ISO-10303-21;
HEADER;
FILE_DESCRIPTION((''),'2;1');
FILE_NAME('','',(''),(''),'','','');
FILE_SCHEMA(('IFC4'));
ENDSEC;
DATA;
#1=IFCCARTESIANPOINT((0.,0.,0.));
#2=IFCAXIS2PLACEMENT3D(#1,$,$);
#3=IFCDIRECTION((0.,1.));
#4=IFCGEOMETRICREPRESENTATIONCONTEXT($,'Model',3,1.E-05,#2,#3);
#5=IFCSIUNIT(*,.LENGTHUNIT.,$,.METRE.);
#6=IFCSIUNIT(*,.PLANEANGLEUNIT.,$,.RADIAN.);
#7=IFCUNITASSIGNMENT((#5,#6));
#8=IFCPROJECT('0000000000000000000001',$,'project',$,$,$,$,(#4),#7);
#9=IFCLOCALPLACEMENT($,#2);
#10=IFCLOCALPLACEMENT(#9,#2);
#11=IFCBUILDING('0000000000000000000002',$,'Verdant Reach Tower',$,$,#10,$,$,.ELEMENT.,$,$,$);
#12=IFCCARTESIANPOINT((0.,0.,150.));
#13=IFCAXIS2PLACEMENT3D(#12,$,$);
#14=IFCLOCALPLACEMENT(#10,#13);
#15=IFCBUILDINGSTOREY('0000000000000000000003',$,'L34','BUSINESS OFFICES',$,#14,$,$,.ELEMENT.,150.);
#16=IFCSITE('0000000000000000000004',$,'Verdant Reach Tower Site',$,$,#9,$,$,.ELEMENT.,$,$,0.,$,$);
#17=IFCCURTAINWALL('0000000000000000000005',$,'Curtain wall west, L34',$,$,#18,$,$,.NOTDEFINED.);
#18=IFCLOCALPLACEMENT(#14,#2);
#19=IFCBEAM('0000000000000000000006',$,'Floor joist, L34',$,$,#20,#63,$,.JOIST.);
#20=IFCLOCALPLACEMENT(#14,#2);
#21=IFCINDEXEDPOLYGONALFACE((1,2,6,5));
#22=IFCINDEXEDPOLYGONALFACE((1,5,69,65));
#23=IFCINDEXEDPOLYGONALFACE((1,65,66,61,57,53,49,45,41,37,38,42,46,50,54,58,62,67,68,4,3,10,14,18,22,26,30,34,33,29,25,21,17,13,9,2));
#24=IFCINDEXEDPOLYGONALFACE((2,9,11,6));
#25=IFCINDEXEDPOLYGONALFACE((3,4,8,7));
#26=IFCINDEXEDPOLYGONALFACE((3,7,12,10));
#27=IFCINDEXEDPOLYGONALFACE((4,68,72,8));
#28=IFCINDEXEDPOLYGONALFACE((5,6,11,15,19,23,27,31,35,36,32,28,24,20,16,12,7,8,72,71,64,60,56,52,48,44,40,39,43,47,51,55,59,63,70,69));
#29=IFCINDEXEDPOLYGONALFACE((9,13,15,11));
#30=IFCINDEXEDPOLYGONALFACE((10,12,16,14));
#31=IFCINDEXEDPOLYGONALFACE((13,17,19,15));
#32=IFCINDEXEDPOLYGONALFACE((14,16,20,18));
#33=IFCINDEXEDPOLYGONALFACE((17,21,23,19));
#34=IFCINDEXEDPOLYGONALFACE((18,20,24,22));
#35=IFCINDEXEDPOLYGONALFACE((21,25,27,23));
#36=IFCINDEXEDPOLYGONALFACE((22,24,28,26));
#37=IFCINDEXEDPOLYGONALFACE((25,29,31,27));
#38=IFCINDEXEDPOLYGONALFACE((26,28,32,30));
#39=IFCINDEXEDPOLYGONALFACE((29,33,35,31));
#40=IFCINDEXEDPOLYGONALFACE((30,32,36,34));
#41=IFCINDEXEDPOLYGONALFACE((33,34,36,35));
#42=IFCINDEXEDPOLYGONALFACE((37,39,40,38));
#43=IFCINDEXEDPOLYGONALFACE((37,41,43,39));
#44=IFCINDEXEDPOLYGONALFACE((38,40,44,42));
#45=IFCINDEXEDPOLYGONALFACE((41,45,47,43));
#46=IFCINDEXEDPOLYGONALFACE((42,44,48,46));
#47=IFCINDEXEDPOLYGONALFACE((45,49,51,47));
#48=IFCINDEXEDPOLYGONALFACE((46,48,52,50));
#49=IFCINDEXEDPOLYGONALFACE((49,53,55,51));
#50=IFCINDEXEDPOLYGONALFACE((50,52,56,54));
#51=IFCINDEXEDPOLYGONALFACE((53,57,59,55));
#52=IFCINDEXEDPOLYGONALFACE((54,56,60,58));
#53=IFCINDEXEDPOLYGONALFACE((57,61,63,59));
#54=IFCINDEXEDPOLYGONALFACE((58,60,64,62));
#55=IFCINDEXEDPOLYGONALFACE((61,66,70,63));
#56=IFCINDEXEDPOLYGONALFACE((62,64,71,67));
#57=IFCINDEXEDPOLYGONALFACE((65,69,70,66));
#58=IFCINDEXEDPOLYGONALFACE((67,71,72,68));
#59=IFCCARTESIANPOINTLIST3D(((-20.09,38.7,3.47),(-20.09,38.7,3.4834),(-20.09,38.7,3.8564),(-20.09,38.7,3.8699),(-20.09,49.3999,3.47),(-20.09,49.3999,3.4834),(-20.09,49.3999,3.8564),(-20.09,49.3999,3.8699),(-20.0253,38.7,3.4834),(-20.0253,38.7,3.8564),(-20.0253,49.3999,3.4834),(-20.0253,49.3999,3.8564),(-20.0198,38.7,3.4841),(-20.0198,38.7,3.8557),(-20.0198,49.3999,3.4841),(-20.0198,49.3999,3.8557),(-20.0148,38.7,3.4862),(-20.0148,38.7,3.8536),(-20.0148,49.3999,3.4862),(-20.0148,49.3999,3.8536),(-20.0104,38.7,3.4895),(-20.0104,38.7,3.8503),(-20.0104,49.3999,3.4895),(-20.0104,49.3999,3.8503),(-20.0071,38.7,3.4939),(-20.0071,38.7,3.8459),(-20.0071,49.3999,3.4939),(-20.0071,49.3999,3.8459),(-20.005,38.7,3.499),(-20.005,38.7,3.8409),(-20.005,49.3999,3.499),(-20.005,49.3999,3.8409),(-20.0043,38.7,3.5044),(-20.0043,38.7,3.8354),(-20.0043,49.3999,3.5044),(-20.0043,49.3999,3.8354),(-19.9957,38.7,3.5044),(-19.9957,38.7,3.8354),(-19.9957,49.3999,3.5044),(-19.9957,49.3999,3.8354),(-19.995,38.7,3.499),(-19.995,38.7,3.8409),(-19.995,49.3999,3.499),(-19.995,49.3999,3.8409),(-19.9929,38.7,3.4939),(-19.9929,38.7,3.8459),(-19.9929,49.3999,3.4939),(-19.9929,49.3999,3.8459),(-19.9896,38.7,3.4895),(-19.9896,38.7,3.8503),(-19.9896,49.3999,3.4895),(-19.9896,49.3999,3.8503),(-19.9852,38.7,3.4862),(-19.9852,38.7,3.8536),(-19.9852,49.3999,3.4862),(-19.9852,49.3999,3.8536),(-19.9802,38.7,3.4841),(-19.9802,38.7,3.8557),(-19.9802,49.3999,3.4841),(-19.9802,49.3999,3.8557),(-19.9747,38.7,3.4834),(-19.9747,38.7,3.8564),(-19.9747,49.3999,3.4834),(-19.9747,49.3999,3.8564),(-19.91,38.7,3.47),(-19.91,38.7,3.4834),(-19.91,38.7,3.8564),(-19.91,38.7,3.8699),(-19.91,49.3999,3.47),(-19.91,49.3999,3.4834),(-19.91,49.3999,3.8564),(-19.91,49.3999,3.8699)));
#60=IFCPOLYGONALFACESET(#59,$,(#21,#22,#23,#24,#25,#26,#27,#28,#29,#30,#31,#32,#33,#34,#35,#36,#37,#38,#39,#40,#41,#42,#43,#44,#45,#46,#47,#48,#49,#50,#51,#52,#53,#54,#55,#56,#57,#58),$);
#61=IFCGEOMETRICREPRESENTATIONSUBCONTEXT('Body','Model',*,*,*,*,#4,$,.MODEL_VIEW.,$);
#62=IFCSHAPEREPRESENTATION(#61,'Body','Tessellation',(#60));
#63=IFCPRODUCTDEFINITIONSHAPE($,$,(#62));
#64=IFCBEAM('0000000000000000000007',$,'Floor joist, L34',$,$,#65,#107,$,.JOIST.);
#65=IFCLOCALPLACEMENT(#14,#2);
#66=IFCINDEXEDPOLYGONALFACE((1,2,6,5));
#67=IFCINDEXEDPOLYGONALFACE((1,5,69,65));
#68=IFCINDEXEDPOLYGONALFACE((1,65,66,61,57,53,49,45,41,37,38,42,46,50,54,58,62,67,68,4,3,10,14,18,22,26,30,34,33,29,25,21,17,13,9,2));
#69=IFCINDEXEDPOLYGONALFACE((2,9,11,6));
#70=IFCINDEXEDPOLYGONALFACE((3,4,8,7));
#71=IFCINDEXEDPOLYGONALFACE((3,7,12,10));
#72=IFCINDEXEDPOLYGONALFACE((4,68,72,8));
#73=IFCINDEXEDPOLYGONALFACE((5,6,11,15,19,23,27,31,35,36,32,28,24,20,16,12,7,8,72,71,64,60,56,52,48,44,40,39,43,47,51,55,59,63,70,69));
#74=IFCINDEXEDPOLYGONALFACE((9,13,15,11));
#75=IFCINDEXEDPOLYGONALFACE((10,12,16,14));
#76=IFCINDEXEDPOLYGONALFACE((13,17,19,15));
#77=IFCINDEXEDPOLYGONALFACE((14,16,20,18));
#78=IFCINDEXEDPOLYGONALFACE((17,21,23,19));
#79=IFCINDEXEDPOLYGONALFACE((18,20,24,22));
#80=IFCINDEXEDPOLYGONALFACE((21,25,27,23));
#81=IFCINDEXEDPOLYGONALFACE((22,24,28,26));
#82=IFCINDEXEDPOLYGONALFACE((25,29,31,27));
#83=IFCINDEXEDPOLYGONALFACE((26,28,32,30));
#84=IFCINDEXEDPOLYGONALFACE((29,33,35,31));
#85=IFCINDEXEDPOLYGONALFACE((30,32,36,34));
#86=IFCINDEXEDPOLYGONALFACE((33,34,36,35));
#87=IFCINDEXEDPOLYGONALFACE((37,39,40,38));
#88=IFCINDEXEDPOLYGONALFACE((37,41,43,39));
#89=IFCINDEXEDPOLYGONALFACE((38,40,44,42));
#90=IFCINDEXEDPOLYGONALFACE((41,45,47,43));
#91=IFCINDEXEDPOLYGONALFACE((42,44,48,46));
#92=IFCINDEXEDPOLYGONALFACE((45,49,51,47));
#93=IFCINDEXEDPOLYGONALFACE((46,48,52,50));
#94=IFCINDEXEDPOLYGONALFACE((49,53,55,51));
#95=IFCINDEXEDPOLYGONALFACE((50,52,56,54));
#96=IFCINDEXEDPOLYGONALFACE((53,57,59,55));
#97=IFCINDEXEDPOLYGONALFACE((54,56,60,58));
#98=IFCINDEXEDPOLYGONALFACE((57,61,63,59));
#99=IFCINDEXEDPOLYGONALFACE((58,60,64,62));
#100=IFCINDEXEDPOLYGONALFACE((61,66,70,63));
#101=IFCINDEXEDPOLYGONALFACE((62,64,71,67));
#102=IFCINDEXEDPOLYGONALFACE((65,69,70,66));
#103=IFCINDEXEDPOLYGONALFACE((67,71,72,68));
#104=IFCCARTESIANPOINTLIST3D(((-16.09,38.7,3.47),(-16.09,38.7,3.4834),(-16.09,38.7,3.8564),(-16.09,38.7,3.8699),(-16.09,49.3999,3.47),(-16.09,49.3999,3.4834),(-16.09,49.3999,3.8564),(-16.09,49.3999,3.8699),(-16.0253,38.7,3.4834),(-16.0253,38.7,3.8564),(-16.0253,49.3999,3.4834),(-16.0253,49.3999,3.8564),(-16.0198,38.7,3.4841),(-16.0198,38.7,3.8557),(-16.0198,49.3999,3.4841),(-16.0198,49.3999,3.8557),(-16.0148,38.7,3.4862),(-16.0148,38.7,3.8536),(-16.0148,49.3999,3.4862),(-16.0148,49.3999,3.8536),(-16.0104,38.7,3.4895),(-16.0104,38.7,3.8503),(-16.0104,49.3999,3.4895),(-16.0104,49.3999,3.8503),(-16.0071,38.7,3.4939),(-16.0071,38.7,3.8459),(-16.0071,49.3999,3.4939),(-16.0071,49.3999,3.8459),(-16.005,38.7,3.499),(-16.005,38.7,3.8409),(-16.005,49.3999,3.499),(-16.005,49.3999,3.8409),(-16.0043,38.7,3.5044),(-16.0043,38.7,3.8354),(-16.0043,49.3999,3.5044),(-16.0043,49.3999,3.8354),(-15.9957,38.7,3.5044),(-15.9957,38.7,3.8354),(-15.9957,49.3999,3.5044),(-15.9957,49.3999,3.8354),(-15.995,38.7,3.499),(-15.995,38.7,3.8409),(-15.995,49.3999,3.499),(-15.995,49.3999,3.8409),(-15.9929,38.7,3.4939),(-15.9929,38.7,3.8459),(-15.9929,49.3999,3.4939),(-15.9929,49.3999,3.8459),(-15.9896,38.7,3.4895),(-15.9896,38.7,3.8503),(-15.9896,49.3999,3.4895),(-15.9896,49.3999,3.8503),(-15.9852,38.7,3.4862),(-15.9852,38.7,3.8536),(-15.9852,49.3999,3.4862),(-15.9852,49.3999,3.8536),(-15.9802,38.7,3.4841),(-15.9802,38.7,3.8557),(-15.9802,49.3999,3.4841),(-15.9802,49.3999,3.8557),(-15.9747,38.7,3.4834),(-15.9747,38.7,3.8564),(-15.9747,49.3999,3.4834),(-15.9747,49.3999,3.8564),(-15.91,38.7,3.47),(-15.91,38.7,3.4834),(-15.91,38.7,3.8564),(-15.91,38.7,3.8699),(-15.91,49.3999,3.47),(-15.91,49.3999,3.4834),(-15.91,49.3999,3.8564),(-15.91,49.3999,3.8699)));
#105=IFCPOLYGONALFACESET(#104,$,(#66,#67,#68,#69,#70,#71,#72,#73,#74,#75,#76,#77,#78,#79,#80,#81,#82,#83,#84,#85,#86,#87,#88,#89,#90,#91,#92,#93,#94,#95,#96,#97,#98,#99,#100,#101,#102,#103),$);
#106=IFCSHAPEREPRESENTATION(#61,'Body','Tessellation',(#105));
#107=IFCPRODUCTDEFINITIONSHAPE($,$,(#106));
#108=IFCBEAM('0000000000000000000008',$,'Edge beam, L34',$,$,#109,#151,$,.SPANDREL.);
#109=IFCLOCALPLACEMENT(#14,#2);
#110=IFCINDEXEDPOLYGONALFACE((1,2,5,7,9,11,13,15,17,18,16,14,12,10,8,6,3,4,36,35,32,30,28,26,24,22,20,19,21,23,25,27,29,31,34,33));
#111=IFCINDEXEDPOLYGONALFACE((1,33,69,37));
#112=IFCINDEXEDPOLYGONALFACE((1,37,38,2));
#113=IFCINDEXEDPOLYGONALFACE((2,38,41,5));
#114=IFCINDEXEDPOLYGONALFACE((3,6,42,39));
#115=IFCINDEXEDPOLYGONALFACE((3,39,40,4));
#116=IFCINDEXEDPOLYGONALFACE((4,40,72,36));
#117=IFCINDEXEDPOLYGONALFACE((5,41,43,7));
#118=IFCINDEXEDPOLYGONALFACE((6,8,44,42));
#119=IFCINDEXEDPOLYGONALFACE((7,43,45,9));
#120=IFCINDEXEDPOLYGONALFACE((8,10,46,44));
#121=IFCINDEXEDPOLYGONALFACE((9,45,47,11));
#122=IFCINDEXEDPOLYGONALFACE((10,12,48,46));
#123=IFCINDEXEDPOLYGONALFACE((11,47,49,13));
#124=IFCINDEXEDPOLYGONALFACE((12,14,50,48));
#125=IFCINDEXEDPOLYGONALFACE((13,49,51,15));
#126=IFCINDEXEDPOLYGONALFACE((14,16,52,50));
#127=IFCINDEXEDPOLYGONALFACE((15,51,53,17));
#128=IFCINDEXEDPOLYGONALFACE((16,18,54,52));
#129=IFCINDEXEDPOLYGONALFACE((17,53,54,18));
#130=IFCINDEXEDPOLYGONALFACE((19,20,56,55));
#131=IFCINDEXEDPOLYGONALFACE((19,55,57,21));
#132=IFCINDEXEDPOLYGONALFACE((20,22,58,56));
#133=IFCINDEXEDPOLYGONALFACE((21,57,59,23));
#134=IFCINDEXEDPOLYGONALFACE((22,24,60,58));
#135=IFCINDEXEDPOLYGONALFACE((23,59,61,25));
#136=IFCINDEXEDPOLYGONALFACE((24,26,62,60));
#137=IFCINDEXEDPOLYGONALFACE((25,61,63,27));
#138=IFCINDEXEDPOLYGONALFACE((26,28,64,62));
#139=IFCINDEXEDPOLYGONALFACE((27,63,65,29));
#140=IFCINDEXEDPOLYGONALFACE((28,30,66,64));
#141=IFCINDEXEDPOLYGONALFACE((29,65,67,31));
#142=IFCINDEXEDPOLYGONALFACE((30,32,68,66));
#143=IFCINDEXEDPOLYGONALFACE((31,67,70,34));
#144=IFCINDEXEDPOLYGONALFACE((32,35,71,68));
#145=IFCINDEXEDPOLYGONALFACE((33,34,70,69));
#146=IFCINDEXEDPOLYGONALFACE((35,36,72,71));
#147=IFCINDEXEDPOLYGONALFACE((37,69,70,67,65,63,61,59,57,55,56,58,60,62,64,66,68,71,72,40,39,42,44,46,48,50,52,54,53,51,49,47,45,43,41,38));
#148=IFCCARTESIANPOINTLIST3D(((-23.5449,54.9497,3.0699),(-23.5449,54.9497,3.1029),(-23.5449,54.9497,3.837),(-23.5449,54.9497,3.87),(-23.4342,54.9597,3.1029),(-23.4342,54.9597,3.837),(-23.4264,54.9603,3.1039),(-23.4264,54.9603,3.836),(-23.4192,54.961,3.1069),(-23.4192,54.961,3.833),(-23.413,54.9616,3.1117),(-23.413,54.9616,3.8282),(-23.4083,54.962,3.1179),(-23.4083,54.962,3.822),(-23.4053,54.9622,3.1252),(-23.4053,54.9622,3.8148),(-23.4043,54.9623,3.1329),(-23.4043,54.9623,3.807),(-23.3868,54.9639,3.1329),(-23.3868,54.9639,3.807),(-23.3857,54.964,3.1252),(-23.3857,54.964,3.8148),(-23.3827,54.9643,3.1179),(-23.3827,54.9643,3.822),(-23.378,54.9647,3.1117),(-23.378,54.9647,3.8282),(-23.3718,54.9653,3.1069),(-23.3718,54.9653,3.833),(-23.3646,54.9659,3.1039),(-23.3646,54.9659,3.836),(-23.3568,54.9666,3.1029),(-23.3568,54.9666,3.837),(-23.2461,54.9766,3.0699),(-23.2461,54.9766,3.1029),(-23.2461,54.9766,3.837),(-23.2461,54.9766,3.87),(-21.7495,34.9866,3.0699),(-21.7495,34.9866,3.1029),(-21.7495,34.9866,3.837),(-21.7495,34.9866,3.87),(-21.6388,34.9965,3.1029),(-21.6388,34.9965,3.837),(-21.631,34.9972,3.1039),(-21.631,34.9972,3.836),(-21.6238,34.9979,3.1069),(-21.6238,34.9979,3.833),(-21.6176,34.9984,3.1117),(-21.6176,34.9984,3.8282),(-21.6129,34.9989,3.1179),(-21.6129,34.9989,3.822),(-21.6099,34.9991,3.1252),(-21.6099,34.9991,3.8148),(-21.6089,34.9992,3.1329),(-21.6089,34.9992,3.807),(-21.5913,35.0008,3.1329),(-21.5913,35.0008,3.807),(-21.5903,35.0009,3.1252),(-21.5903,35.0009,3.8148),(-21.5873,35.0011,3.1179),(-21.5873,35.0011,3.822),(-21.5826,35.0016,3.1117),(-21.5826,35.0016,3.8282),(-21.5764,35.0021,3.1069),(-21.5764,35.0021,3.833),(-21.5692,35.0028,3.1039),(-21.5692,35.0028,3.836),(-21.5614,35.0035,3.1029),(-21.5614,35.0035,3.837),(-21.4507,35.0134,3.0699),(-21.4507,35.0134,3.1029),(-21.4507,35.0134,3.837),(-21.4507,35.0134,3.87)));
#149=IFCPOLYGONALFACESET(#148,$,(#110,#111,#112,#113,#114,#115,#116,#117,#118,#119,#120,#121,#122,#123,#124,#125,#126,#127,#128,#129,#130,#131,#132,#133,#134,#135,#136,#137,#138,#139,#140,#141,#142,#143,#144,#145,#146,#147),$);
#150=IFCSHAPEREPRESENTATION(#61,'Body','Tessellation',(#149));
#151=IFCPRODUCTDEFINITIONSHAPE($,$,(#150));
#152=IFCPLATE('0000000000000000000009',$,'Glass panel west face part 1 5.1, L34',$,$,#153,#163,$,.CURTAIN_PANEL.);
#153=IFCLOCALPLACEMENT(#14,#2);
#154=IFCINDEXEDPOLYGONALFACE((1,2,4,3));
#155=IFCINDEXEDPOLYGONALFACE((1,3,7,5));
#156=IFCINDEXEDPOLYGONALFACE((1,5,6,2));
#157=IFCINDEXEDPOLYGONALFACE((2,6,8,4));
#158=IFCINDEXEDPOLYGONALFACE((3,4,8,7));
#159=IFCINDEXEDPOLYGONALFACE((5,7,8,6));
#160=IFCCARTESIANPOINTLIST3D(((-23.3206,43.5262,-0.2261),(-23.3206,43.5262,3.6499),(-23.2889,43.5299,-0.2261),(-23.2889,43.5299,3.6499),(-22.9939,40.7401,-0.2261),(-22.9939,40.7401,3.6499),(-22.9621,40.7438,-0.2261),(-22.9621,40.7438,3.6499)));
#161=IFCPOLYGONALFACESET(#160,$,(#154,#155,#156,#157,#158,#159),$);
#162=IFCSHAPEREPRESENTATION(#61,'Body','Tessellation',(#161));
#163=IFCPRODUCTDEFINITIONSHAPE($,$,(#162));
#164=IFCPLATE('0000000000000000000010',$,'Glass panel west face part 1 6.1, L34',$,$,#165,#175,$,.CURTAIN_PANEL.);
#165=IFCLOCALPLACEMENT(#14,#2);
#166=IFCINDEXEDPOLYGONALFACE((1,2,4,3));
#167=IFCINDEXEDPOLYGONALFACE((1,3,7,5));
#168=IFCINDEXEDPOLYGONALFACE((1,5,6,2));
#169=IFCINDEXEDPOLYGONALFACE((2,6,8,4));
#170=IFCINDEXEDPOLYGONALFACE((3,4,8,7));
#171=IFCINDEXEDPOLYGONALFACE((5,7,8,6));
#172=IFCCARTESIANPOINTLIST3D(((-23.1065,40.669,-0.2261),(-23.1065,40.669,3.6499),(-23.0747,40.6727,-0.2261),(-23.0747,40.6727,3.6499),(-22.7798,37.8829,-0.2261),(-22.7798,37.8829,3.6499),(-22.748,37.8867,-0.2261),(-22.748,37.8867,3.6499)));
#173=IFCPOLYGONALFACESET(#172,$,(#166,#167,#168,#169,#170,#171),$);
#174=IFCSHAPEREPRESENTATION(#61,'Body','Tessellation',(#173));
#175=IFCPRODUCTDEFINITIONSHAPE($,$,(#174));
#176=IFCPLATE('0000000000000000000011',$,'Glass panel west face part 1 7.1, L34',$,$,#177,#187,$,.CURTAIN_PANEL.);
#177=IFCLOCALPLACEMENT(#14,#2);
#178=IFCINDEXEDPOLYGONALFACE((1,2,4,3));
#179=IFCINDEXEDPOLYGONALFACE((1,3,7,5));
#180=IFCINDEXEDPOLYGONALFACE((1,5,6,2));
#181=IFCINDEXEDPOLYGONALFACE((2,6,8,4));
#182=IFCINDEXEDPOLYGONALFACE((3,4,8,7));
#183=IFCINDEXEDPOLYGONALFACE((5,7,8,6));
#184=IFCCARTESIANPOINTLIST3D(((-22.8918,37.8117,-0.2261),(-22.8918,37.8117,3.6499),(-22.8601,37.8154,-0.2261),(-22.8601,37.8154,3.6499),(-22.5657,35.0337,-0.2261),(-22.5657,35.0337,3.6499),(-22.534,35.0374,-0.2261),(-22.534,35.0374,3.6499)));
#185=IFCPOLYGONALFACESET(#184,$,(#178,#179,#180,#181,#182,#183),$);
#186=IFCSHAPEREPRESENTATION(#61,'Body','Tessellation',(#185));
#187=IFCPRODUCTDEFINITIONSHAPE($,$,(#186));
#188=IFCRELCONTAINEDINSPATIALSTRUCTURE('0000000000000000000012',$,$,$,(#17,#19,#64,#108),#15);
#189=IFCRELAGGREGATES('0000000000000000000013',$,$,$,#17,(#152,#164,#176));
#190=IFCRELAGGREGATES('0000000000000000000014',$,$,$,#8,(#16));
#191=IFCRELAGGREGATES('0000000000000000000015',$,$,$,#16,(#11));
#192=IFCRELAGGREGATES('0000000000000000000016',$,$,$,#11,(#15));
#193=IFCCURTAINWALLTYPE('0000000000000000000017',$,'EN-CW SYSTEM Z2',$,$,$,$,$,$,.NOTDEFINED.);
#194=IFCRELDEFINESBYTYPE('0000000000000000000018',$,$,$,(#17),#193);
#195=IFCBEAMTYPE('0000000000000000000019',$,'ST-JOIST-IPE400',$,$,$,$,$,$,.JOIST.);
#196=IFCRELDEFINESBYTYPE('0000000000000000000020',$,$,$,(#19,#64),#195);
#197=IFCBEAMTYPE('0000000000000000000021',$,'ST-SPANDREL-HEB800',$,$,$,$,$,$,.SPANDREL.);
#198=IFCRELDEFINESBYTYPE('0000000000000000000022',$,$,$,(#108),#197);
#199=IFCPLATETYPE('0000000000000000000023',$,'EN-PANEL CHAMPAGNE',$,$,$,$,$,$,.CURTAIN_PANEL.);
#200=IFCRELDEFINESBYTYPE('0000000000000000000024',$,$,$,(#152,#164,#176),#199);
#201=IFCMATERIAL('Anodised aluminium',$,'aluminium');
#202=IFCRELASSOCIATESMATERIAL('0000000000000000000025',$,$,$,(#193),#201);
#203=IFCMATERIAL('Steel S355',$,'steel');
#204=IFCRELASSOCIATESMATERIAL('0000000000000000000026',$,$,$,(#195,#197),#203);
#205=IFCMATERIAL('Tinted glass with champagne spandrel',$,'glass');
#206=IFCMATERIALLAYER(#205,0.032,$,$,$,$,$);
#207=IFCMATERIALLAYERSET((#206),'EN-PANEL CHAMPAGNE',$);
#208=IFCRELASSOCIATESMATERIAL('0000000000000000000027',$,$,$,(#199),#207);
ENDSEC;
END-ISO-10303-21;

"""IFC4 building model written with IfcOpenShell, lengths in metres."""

from ifc_helpers import new_model, si_unit, direction, frame, origin, origin_2d, place, context, subcontext, project, spatial, rectangle, i_section, extrude, material, layer, layer_set, material_profile, profile_set, type_object, element, aggregate, save


model = new_model("IFC4")

# Units and contexts
model_context = context("Model", 3, precision=1e-05, world=origin(), true_north=direction((0.0, 1.0)))
body_context = subcontext(model_context, "Body", "Model", "MODEL_VIEW")
ifc_project = project(units=[si_unit("LENGTHUNIT", "METRE"), si_unit("PLANEANGLEUNIT", "RADIAN")], contexts=[model_context])

# Site, building, storey
site_placement = place(None, origin())
site = spatial("IfcSite", under=ifc_project, at=site_placement, Name="Verdant Reach Tower Site", CompositionType="ELEMENT", RefElevation=0.0)
building_placement = place(site_placement, origin())
building = spatial("IfcBuilding", under=site, at=building_placement, Name="Verdant Reach Tower", CompositionType="ELEMENT")
storey_placement = place(building_placement, frame((0.0, 0.0, 150.0)))
storey = spatial("IfcBuildingStorey", under=building, at=storey_placement, Name="L34", Description="BUSINESS OFFICES", CompositionType="ELEMENT", Elevation=150.0)

# Curtain wall
ifc_material_1 = material(Name="Anodised aluminium", Category="aluminium")
curtain_wall_type = type_object("IfcCurtainWallType", Name="EN-CW SYSTEM Z2", PredefinedType="NOTDEFINED", material=ifc_material_1)
curtain_wall_placement = place(storey_placement, origin())
curtain_wall = element("IfcCurtainWall", 1, at=curtain_wall_placement, inside=storey, type_object=curtain_wall_type, Name="Curtain wall west, L34", PredefinedType="NOTDEFINED")

# Beams
ifc_material_2 = material(Name="Steel S355", Category="steel")
ifc_material_profile_1 = material_profile(ifc_material_2, i_section(OverallWidth=0.1799, OverallDepth=0.3999, WebThickness=0.0085, FlangeThickness=0.0134, FilletRadius=0.021, at=origin_2d()), Name="IPE 400")
ifc_profile_set_1 = profile_set([ifc_material_profile_1], Name="Steel S355")
beam_type_1 = type_object("IfcBeamType", Name="ST-JOIST-IPE400", PredefinedType="JOIST", material=ifc_profile_set_1)
for number, where, z_axis, x_axis, name in (
    (2, (-20.0, 38.7, 3.6699), (0.0, 1.0, 0.0), (-1.0, 0.0, 0.0), "Floor joist, L34"),
    (3, (-16.0, 38.7, 3.6699), (0.0, 1.0, 0.0), (-1.0, 0.0, 0.0), "Floor joist, L34"),
):
    element("IfcBeam", number, at=place(storey_placement, frame(where, z_axis=z_axis, x_axis=x_axis)), inside=storey, type_object=beam_type_1, Name=name, PredefinedType="JOIST", context=body_context, shape_type="SweptSolid", body=[
        extrude(i_section(OverallWidth=0.1799, OverallDepth=0.3999, WebThickness=0.0085, FlangeThickness=0.0134, FilletRadius=0.021, at=origin_2d()), origin(), (0.0, 0.0, 1.0), 10.7),
    ])
ifc_material_profile_2 = material_profile(ifc_material_2, i_section(OverallWidth=0.3, OverallDepth=0.8, WebThickness=0.0176, FlangeThickness=0.033, FilletRadius=0.03, at=origin_2d()), Name="HEB 800")
ifc_profile_set_2 = profile_set([ifc_material_profile_2], Name="Steel S355")
beam_type_2 = type_object("IfcBeamType", Name="ST-SPANDREL-HEB800", PredefinedType="SPANDREL", material=ifc_profile_set_2)
beam_1_placement = place(storey_placement, frame((-21.6001, 35.0, 3.47), z_axis=(-0.089575, 0.99598, 0.0), x_axis=(-0.99598, -0.089575, 0.0)))
element("IfcBeam", 4, at=beam_1_placement, inside=storey, type_object=beam_type_2, Name="Edge beam, L34", PredefinedType="SPANDREL", context=body_context, shape_type="SweptSolid", body=[
    extrude(i_section(OverallWidth=0.3, OverallDepth=0.8, WebThickness=0.0176, FlangeThickness=0.033, FilletRadius=0.03, at=origin_2d()), origin(), (0.0, 0.0, 1.0), 20.0437),
])

# Plates
ifc_material_3 = material(Name="Tinted glass with champagne spandrel", Category="glass")
ifc_layer_1 = layer(ifc_material_3, 0.032)
ifc_layer_set_1 = layer_set([ifc_layer_1], Name="EN-PANEL CHAMPAGNE")
plate_type_1 = type_object("IfcPlateType", Name="EN-PANEL CHAMPAGNE", PredefinedType="CURTAIN_PANEL", material=ifc_layer_set_1)
plate_1_placement = place(storey_placement, frame((-23.1414, 42.135, -0.2261), z_axis=(0.0, 0.0, 1.0), x_axis=(0.116483, -0.993193, 0.0)))
plate_1 = element("IfcPlate", 5, at=plate_1_placement, type_object=plate_type_1, Name="Glass panel west face part 1 5.1, L34", PredefinedType="CURTAIN_PANEL", context=body_context, shape_type="SweptSolid", body=[
    extrude(rectangle(XDim=2.8052, YDim=0.032, at=origin_2d()), origin(), (0.0, 0.0, 1.0), 3.876),
])
plate_2_placement = place(storey_placement, frame((-22.9272, 39.2778, -0.2261), z_axis=(0.0, 0.0, 1.0), x_axis=(0.116483, -0.993193, 0.0)))
plate_2 = element("IfcPlate", 6, at=plate_2_placement, type_object=plate_type_1, Name="Glass panel west face part 1 6.1, L34", PredefinedType="CURTAIN_PANEL", context=body_context, shape_type="SweptSolid", body=[
    extrude(rectangle(XDim=2.8052, YDim=0.032, at=origin_2d()), origin(), (0.0, 0.0, 1.0), 3.876),
])
plate_3_placement = place(storey_placement, frame((-22.7129, 36.4246, -0.2261), z_axis=(0.0, 0.0, 1.0), x_axis=(0.116586, -0.993181, 0.0)))
plate_3 = element("IfcPlate", 7, at=plate_3_placement, type_object=plate_type_1, Name="Glass panel west face part 1 7.1, L34", PredefinedType="CURTAIN_PANEL", context=body_context, shape_type="SweptSolid", body=[
    extrude(rectangle(XDim=2.7971, YDim=0.032, at=origin_2d()), origin(), (0.0, 0.0, 1.0), 3.876),
])
aggregate(curtain_wall, [plate_1, plate_2, plate_3])

save(model, "model.ifc")
